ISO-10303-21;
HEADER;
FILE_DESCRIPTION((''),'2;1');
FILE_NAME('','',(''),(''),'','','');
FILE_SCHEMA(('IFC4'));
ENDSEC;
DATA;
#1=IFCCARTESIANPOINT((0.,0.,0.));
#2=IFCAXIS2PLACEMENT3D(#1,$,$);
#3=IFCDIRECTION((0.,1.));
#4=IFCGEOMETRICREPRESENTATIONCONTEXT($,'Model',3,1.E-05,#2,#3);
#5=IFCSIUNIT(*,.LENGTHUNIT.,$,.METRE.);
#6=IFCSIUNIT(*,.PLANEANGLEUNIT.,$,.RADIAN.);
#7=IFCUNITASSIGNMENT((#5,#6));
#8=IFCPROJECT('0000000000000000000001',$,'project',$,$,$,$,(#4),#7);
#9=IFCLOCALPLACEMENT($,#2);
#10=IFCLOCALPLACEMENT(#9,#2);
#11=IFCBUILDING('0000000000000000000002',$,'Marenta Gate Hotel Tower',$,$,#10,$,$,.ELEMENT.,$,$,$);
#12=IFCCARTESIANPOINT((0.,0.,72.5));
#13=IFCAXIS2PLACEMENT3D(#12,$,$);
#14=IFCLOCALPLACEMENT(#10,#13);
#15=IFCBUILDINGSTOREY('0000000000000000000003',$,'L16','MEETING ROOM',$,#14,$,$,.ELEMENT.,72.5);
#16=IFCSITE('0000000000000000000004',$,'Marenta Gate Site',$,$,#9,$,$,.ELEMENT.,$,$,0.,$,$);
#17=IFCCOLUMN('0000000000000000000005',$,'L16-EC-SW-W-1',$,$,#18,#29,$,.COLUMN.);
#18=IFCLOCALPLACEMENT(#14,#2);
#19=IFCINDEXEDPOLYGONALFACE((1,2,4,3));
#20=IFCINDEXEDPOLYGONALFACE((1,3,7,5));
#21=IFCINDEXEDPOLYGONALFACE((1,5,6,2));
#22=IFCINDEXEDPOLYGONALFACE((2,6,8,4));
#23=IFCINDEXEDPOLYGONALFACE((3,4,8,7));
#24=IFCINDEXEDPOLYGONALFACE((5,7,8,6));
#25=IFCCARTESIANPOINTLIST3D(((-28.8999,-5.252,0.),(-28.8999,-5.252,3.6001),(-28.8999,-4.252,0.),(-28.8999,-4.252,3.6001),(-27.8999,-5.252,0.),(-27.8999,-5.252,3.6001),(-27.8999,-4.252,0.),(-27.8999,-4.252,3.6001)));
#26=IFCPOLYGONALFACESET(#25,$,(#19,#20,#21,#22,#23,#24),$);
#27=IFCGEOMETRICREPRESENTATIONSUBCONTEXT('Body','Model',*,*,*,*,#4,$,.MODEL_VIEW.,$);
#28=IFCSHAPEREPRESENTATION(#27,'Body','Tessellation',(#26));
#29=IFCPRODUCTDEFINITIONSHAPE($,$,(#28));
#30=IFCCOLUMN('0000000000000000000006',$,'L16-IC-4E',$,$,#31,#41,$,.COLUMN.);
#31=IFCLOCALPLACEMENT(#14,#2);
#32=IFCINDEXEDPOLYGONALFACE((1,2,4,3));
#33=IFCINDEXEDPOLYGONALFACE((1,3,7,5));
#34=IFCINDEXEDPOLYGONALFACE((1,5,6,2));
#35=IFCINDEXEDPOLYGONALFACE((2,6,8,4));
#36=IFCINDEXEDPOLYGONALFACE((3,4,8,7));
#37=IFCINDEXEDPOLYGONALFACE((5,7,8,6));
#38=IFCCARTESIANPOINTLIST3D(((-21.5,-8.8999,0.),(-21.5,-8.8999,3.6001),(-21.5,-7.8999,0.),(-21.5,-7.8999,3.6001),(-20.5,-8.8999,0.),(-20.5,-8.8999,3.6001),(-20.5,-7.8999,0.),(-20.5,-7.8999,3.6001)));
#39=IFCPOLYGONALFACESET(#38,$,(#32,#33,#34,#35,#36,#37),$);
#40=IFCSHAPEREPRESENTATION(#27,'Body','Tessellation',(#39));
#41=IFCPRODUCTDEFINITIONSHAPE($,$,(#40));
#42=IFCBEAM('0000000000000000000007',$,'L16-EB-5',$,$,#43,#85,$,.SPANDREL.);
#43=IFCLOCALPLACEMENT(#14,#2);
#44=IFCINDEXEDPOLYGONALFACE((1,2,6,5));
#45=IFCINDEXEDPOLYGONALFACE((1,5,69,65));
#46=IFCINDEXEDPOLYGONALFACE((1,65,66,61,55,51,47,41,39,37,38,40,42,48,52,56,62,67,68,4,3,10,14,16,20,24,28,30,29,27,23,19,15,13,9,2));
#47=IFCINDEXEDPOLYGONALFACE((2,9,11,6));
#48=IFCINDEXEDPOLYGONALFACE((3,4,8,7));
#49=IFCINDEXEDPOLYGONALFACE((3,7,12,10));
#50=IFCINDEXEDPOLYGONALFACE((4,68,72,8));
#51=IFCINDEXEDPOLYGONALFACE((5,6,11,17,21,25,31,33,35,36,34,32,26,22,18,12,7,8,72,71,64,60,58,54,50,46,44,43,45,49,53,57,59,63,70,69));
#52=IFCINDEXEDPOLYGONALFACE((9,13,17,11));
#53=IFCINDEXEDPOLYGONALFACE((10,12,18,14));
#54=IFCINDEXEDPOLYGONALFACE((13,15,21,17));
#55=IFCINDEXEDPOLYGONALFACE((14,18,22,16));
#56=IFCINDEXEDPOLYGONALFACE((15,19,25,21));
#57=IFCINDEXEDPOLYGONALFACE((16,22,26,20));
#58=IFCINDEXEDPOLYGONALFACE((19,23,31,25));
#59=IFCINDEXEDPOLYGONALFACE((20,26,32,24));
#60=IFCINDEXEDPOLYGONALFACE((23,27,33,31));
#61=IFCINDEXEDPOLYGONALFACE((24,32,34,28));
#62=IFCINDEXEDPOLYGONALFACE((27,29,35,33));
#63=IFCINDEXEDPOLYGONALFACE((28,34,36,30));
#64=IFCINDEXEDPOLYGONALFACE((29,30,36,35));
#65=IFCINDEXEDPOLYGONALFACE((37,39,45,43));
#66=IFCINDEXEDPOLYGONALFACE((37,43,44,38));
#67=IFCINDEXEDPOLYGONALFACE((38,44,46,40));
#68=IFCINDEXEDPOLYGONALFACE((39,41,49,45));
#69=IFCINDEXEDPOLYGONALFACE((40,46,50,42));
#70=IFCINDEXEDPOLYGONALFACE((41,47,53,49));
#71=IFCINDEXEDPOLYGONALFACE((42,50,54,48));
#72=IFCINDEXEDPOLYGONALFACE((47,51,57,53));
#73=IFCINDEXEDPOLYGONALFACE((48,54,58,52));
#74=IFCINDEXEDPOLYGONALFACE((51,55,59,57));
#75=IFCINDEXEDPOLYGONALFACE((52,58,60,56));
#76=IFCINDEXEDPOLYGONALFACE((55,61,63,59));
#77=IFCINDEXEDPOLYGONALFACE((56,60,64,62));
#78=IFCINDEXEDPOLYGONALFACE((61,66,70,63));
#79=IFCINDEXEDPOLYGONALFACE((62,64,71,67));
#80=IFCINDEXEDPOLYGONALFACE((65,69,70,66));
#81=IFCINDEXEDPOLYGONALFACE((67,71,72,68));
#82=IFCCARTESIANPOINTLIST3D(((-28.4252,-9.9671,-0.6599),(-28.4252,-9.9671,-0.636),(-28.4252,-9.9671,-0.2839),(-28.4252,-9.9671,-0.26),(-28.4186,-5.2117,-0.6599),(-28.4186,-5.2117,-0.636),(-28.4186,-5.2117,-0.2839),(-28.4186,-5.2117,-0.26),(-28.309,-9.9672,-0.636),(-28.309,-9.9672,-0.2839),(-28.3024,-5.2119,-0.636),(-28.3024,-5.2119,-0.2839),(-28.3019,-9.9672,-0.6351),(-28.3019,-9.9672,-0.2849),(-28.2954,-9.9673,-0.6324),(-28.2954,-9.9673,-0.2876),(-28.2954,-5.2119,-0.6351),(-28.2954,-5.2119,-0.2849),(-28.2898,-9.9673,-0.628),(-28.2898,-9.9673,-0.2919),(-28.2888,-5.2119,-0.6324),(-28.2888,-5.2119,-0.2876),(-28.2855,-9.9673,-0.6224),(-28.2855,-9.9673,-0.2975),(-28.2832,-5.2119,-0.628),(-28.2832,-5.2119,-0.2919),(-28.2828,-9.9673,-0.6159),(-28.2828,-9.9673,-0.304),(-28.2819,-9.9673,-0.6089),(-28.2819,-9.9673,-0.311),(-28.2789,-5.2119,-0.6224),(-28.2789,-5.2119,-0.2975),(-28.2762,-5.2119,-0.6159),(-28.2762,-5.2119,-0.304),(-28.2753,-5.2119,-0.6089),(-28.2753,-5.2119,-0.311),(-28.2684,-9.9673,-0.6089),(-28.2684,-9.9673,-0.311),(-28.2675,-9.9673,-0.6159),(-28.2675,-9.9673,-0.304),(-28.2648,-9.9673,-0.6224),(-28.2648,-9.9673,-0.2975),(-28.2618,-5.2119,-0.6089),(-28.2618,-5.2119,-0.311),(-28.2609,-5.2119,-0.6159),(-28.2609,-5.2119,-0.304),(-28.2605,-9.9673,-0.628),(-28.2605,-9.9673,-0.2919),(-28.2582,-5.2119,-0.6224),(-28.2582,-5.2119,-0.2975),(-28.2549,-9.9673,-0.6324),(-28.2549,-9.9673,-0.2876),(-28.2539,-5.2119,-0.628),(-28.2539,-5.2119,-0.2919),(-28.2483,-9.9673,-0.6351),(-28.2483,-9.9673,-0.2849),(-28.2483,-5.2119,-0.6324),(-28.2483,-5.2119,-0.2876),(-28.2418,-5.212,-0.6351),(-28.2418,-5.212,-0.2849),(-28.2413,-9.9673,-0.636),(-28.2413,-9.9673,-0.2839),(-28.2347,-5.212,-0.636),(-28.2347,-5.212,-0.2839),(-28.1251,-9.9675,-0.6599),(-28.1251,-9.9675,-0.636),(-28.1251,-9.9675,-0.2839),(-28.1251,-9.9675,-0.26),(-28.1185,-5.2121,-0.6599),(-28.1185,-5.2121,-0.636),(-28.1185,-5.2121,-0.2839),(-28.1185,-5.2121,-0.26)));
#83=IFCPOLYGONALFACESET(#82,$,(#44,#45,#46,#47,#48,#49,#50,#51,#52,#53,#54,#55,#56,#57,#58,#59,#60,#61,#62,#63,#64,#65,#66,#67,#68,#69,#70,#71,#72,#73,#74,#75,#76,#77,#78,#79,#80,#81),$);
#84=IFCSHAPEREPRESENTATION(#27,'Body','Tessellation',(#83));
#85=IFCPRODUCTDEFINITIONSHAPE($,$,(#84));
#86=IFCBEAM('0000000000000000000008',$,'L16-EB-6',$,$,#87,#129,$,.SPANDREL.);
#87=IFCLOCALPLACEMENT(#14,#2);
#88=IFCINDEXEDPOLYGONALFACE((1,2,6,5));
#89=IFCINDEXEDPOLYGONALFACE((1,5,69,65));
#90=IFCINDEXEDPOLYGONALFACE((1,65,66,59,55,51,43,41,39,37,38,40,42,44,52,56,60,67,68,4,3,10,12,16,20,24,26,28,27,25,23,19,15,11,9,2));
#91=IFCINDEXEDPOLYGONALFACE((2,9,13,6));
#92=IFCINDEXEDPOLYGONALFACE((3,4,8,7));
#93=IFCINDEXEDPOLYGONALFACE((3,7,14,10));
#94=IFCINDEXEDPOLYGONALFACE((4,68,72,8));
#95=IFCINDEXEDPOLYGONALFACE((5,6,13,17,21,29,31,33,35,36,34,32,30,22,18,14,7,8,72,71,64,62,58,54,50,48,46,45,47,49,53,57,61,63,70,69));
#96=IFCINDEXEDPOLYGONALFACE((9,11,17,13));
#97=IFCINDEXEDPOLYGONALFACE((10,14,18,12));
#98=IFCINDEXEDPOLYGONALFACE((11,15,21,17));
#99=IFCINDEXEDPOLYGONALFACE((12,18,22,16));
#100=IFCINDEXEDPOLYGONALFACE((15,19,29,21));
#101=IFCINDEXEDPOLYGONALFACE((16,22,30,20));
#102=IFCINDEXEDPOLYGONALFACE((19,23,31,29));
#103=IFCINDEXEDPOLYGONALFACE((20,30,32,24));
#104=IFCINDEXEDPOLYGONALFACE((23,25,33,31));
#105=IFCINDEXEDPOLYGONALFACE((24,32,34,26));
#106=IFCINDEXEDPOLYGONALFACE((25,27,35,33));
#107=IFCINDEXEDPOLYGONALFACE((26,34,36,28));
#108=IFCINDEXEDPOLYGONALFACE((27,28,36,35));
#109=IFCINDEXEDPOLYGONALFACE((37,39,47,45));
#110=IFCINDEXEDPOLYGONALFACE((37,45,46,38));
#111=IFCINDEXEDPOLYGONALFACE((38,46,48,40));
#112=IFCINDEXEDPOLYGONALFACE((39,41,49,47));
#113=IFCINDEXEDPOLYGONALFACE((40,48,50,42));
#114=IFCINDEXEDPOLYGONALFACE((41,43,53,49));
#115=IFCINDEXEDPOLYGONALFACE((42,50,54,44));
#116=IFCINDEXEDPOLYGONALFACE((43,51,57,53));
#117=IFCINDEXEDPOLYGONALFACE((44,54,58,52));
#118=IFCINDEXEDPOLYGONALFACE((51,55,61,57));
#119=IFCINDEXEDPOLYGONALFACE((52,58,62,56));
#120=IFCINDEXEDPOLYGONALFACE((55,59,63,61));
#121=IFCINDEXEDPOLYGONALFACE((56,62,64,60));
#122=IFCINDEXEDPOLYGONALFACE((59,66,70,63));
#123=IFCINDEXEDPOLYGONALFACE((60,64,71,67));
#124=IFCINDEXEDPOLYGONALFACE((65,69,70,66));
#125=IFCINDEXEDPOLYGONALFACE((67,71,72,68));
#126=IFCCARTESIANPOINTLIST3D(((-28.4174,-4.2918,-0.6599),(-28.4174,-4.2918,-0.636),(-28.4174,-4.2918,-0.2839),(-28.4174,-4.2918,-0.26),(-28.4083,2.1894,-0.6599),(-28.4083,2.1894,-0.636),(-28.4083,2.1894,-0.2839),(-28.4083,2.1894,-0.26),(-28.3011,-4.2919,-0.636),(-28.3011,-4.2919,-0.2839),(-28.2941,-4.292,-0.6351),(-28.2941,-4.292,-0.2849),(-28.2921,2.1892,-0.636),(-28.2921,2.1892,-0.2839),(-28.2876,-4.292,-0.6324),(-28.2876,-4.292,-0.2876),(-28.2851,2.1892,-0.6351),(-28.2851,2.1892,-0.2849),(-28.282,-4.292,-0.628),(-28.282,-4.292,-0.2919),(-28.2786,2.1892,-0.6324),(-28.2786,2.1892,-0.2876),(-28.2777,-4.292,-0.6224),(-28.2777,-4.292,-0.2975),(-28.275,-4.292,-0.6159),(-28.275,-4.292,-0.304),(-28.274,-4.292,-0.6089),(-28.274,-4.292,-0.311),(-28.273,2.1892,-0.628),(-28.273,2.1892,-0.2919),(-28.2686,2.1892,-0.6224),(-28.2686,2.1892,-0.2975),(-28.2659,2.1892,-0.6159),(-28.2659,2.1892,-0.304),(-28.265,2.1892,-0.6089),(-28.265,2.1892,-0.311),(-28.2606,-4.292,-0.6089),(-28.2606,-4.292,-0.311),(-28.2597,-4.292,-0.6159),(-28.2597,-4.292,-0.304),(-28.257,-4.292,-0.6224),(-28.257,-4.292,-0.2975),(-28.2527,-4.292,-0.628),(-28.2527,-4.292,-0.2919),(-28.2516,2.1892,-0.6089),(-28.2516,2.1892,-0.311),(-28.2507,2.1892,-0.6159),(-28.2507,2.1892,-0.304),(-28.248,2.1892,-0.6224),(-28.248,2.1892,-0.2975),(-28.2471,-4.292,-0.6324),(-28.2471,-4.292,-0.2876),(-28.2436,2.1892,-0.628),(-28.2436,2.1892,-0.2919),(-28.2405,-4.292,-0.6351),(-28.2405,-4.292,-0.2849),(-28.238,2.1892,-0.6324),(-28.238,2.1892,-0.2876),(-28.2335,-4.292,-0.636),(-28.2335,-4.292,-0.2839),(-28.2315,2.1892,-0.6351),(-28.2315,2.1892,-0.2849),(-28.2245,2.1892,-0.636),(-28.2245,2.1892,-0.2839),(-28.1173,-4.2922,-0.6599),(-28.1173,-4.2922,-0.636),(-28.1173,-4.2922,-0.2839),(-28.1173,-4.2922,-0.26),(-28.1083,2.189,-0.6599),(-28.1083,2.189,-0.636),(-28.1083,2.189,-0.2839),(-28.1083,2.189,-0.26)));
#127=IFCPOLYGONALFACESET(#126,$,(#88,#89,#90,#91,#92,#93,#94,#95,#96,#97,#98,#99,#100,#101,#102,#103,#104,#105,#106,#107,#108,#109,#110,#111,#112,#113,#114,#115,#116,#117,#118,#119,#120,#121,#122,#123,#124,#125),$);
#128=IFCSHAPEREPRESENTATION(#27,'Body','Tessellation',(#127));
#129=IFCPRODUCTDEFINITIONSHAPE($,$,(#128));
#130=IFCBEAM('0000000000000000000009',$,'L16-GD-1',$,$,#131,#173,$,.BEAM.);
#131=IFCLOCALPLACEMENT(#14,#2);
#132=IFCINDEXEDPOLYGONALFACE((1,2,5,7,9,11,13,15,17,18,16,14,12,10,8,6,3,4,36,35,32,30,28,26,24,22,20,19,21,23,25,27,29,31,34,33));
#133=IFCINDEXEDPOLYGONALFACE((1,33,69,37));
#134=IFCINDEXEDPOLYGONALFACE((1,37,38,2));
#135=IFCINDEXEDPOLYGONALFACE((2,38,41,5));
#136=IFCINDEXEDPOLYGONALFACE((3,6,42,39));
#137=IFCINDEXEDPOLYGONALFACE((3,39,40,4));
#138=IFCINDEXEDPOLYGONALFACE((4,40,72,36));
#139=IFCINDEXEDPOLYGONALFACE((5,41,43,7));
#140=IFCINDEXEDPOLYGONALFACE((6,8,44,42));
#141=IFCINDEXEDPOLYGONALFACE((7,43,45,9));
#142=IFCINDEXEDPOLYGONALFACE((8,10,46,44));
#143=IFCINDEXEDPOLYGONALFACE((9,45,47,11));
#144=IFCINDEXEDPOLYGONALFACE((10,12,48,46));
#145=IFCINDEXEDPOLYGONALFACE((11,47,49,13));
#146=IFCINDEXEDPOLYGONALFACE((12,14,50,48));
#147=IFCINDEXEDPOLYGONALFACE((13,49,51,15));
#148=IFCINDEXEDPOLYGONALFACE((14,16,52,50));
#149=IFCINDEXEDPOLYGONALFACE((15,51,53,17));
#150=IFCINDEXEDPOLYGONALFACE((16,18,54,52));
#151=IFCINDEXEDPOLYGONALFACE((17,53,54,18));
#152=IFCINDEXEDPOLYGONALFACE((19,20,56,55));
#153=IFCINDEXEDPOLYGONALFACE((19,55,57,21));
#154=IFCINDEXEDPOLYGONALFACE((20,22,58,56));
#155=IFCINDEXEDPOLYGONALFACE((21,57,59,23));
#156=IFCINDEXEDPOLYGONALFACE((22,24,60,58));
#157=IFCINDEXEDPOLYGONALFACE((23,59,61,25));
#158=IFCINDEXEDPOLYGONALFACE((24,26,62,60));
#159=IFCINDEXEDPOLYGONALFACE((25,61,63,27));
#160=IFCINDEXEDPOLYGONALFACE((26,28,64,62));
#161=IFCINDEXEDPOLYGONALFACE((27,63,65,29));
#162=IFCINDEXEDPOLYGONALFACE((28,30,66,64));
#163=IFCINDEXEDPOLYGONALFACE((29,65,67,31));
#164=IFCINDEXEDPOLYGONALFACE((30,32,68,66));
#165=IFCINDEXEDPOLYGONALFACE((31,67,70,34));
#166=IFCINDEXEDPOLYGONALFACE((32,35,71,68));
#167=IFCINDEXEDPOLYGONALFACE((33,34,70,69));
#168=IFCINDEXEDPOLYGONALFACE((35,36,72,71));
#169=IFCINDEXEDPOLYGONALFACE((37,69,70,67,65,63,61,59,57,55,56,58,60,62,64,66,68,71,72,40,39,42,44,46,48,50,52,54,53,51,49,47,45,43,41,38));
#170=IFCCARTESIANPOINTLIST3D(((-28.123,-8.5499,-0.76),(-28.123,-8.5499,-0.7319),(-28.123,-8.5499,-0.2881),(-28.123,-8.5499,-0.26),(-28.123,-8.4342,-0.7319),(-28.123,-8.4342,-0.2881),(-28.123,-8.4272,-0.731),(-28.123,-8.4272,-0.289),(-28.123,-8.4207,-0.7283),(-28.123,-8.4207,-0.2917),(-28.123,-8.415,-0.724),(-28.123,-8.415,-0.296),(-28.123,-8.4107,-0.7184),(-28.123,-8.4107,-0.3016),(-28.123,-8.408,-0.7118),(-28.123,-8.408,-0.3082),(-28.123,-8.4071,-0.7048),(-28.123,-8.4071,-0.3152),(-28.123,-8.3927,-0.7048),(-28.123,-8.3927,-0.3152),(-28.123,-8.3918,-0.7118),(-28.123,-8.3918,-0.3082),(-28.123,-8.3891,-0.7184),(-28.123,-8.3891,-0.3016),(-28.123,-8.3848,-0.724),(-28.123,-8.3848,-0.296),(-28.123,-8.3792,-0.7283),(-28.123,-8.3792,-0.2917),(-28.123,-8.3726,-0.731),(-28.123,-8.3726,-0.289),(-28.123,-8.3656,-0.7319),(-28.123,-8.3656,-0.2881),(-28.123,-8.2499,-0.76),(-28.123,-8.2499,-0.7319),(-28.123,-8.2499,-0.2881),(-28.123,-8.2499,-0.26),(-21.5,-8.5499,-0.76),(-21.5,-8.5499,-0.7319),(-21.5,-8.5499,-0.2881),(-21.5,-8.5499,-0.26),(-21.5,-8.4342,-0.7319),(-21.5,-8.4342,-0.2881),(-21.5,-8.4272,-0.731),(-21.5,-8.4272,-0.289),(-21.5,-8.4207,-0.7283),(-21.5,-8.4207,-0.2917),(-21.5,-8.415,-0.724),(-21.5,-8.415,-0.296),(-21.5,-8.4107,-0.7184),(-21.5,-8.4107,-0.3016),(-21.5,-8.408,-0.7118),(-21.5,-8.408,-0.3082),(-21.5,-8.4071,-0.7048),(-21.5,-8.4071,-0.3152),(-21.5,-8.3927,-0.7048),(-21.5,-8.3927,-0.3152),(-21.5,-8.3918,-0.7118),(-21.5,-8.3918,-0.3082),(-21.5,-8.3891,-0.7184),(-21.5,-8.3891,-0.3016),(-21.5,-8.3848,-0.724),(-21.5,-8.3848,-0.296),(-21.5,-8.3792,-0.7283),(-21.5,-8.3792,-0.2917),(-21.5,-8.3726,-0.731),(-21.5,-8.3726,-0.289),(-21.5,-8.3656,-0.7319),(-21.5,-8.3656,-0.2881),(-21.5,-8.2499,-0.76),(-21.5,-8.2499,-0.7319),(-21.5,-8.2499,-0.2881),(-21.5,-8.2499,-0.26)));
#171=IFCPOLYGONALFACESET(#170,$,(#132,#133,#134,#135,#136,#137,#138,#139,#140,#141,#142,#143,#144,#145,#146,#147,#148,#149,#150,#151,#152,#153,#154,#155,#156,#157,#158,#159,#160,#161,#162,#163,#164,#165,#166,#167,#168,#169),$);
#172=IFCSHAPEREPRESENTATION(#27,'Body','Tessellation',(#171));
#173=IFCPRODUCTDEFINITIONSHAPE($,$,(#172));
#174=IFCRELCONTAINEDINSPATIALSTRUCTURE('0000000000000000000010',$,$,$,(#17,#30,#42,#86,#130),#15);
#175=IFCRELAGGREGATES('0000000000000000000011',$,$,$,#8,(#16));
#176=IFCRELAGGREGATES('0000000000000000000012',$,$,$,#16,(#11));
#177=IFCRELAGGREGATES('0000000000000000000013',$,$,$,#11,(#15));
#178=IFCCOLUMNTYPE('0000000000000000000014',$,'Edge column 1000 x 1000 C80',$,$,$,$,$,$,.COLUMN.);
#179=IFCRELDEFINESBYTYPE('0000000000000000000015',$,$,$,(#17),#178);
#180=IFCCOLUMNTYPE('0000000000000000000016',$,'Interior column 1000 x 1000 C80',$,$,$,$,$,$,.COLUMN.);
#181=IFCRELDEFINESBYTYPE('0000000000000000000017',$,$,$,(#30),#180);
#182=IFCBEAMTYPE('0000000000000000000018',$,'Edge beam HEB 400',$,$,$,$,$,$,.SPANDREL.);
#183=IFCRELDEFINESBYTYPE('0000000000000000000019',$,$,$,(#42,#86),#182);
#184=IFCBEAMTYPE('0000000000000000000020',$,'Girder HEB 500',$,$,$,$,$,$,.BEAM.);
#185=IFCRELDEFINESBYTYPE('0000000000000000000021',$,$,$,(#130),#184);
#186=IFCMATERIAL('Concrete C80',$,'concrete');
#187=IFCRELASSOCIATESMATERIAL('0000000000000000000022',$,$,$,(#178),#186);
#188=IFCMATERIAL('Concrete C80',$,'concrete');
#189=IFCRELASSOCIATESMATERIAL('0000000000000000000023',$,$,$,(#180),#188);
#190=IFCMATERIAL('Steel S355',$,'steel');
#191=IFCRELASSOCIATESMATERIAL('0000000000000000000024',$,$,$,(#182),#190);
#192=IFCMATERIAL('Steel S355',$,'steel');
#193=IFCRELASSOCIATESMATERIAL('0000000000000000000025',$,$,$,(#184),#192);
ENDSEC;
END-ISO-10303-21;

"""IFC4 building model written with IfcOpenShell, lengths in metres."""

from ifc_helpers import new_model, si_unit, direction, frame, origin, origin_2d, place, context, subcontext, project, spatial, rectangle, i_section, extrude, material, material_profile, profile_set, type_object, element, save


model = new_model("IFC4")

# Units and contexts
model_context = context("Model", 3, precision=1e-05, world=origin(), true_north=direction((0.0, 1.0)))
body_context = subcontext(model_context, "Body", "Model", "MODEL_VIEW")
ifc_project = project(units=[si_unit("LENGTHUNIT", "METRE"), si_unit("PLANEANGLEUNIT", "RADIAN")], contexts=[model_context])

# Site, building, storey
site_placement = place(None, origin())
site = spatial("IfcSite", under=ifc_project, at=site_placement, Name="Marenta Gate Site", CompositionType="ELEMENT", RefElevation=0.0)
building_placement = place(site_placement, origin())
building = spatial("IfcBuilding", under=site, at=building_placement, Name="Marenta Gate Hotel Tower", CompositionType="ELEMENT")
storey_placement = place(building_placement, frame((0.0, 0.0, 72.5)))
storey = spatial("IfcBuildingStorey", under=building, at=storey_placement, Name="L16", Description="MEETING ROOM", CompositionType="ELEMENT", Elevation=72.5)

# Columns
ifc_material_1 = material(Name="Concrete C80", Category="concrete")
ifc_material_profile_1 = material_profile(ifc_material_1, rectangle(XDim=1.0, YDim=1.0, at=origin_2d()), Name="1000 x 1000")
ifc_profile_set_1 = profile_set([ifc_material_profile_1], Name="Concrete C80")
column_type_1 = type_object("IfcColumnType", Name="Edge column 1000 x 1000 C80", PredefinedType="COLUMN", material=ifc_profile_set_1)
column_1_placement = place(storey_placement, frame((-28.3999, -4.752, 0.0), z_axis=(0.0, 0.0, 1.0), x_axis=(1.0, 0.0, 0.0)))
element("IfcColumn", 1, at=column_1_placement, inside=storey, type_object=column_type_1, Name="L16-EC-SW-W-1", PredefinedType="COLUMN", context=body_context, shape_type="SweptSolid", body=[
    extrude(rectangle(XDim=1.0, YDim=1.0, at=origin_2d()), origin(), (0.0, 0.0, 1.0), 3.6001),
])
ifc_material_2 = material(Name="Concrete C80", Category="concrete")
ifc_material_profile_2 = material_profile(ifc_material_2, rectangle(XDim=1.0, YDim=1.0, at=origin_2d()), Name="1000 x 1000")
ifc_profile_set_2 = profile_set([ifc_material_profile_2], Name="Concrete C80")
column_type_2 = type_object("IfcColumnType", Name="Interior column 1000 x 1000 C80", PredefinedType="COLUMN", material=ifc_profile_set_2)
column_2_placement = place(storey_placement, frame((-21.0, -8.3999, 0.0), z_axis=(0.0, 0.0, 1.0), x_axis=(1.0, 0.0, 0.0)))
element("IfcColumn", 2, at=column_2_placement, inside=storey, type_object=column_type_2, Name="L16-IC-4E", PredefinedType="COLUMN", context=body_context, shape_type="SweptSolid", body=[
    extrude(rectangle(XDim=1.0, YDim=1.0, at=origin_2d()), origin(), (0.0, 0.0, 1.0), 3.6001),
])

# Beams
ifc_material_3 = material(Name="Steel S355", Category="steel")
ifc_material_profile_3 = material_profile(ifc_material_3, i_section(OverallWidth=0.3, OverallDepth=0.3999, WebThickness=0.0134, FlangeThickness=0.0239, FilletRadius=0.0271, at=origin_2d()), Name="HEB 400")
ifc_profile_set_3 = profile_set([ifc_material_profile_3], Name="Steel S355")
beam_type_1 = type_object("IfcBeamType", Name="Edge beam HEB 400", PredefinedType="SPANDREL", material=ifc_profile_set_3)
beam_1_placement = place(storey_placement, frame((-28.2751, -9.9673, -0.46), z_axis=(0.001386, 0.999999, 0.0), x_axis=(-0.999999, 0.001386, 0.0)))
element("IfcBeam", 3, at=beam_1_placement, inside=storey, type_object=beam_type_1, Name="L16-EB-5", PredefinedType="SPANDREL", context=body_context, shape_type="SweptSolid", body=[
    extrude(i_section(OverallWidth=0.3, OverallDepth=0.3999, WebThickness=0.0134, FlangeThickness=0.0239, FilletRadius=0.0271, at=origin_2d()), origin(), (0.0, 0.0, 1.0), 4.7554),
])
beam_2_placement = place(storey_placement, frame((-28.2673, -4.292, -0.46), z_axis=(0.001394, 0.999999, 0.0), x_axis=(-0.999999, 0.001394, 0.0)))
element("IfcBeam", 4, at=beam_2_placement, inside=storey, type_object=beam_type_1, Name="L16-EB-6", PredefinedType="SPANDREL", context=body_context, shape_type="SweptSolid", body=[
    extrude(i_section(OverallWidth=0.3, OverallDepth=0.3999, WebThickness=0.0134, FlangeThickness=0.0239, FilletRadius=0.0271, at=origin_2d()), origin(), (0.0, 0.0, 1.0), 6.4812),
])
ifc_material_4 = material(Name="Steel S355", Category="steel")
ifc_material_profile_4 = material_profile(ifc_material_4, i_section(OverallWidth=0.3, OverallDepth=0.5, WebThickness=0.0144, FlangeThickness=0.0281, FilletRadius=0.0271, at=origin_2d()), Name="HEB 500")
ifc_profile_set_4 = profile_set([ifc_material_profile_4], Name="Steel S355")
beam_type_2 = type_object("IfcBeamType", Name="Girder HEB 500", PredefinedType="BEAM", material=ifc_profile_set_4)
beam_3_placement = place(storey_placement, frame((-28.123, -8.3999, -0.51), z_axis=(1.0, 0.0, 0.0), x_axis=(0.0, 1.0, 0.0)))
element("IfcBeam", 5, at=beam_3_placement, inside=storey, type_object=beam_type_2, Name="L16-GD-1", PredefinedType="BEAM", context=body_context, shape_type="SweptSolid", body=[
    extrude(i_section(OverallWidth=0.3, OverallDepth=0.5, WebThickness=0.0144, FlangeThickness=0.0281, FilletRadius=0.0271, at=origin_2d()), origin(), (0.0, 0.0, 1.0), 6.623),
])

save(model, "model.ifc")
